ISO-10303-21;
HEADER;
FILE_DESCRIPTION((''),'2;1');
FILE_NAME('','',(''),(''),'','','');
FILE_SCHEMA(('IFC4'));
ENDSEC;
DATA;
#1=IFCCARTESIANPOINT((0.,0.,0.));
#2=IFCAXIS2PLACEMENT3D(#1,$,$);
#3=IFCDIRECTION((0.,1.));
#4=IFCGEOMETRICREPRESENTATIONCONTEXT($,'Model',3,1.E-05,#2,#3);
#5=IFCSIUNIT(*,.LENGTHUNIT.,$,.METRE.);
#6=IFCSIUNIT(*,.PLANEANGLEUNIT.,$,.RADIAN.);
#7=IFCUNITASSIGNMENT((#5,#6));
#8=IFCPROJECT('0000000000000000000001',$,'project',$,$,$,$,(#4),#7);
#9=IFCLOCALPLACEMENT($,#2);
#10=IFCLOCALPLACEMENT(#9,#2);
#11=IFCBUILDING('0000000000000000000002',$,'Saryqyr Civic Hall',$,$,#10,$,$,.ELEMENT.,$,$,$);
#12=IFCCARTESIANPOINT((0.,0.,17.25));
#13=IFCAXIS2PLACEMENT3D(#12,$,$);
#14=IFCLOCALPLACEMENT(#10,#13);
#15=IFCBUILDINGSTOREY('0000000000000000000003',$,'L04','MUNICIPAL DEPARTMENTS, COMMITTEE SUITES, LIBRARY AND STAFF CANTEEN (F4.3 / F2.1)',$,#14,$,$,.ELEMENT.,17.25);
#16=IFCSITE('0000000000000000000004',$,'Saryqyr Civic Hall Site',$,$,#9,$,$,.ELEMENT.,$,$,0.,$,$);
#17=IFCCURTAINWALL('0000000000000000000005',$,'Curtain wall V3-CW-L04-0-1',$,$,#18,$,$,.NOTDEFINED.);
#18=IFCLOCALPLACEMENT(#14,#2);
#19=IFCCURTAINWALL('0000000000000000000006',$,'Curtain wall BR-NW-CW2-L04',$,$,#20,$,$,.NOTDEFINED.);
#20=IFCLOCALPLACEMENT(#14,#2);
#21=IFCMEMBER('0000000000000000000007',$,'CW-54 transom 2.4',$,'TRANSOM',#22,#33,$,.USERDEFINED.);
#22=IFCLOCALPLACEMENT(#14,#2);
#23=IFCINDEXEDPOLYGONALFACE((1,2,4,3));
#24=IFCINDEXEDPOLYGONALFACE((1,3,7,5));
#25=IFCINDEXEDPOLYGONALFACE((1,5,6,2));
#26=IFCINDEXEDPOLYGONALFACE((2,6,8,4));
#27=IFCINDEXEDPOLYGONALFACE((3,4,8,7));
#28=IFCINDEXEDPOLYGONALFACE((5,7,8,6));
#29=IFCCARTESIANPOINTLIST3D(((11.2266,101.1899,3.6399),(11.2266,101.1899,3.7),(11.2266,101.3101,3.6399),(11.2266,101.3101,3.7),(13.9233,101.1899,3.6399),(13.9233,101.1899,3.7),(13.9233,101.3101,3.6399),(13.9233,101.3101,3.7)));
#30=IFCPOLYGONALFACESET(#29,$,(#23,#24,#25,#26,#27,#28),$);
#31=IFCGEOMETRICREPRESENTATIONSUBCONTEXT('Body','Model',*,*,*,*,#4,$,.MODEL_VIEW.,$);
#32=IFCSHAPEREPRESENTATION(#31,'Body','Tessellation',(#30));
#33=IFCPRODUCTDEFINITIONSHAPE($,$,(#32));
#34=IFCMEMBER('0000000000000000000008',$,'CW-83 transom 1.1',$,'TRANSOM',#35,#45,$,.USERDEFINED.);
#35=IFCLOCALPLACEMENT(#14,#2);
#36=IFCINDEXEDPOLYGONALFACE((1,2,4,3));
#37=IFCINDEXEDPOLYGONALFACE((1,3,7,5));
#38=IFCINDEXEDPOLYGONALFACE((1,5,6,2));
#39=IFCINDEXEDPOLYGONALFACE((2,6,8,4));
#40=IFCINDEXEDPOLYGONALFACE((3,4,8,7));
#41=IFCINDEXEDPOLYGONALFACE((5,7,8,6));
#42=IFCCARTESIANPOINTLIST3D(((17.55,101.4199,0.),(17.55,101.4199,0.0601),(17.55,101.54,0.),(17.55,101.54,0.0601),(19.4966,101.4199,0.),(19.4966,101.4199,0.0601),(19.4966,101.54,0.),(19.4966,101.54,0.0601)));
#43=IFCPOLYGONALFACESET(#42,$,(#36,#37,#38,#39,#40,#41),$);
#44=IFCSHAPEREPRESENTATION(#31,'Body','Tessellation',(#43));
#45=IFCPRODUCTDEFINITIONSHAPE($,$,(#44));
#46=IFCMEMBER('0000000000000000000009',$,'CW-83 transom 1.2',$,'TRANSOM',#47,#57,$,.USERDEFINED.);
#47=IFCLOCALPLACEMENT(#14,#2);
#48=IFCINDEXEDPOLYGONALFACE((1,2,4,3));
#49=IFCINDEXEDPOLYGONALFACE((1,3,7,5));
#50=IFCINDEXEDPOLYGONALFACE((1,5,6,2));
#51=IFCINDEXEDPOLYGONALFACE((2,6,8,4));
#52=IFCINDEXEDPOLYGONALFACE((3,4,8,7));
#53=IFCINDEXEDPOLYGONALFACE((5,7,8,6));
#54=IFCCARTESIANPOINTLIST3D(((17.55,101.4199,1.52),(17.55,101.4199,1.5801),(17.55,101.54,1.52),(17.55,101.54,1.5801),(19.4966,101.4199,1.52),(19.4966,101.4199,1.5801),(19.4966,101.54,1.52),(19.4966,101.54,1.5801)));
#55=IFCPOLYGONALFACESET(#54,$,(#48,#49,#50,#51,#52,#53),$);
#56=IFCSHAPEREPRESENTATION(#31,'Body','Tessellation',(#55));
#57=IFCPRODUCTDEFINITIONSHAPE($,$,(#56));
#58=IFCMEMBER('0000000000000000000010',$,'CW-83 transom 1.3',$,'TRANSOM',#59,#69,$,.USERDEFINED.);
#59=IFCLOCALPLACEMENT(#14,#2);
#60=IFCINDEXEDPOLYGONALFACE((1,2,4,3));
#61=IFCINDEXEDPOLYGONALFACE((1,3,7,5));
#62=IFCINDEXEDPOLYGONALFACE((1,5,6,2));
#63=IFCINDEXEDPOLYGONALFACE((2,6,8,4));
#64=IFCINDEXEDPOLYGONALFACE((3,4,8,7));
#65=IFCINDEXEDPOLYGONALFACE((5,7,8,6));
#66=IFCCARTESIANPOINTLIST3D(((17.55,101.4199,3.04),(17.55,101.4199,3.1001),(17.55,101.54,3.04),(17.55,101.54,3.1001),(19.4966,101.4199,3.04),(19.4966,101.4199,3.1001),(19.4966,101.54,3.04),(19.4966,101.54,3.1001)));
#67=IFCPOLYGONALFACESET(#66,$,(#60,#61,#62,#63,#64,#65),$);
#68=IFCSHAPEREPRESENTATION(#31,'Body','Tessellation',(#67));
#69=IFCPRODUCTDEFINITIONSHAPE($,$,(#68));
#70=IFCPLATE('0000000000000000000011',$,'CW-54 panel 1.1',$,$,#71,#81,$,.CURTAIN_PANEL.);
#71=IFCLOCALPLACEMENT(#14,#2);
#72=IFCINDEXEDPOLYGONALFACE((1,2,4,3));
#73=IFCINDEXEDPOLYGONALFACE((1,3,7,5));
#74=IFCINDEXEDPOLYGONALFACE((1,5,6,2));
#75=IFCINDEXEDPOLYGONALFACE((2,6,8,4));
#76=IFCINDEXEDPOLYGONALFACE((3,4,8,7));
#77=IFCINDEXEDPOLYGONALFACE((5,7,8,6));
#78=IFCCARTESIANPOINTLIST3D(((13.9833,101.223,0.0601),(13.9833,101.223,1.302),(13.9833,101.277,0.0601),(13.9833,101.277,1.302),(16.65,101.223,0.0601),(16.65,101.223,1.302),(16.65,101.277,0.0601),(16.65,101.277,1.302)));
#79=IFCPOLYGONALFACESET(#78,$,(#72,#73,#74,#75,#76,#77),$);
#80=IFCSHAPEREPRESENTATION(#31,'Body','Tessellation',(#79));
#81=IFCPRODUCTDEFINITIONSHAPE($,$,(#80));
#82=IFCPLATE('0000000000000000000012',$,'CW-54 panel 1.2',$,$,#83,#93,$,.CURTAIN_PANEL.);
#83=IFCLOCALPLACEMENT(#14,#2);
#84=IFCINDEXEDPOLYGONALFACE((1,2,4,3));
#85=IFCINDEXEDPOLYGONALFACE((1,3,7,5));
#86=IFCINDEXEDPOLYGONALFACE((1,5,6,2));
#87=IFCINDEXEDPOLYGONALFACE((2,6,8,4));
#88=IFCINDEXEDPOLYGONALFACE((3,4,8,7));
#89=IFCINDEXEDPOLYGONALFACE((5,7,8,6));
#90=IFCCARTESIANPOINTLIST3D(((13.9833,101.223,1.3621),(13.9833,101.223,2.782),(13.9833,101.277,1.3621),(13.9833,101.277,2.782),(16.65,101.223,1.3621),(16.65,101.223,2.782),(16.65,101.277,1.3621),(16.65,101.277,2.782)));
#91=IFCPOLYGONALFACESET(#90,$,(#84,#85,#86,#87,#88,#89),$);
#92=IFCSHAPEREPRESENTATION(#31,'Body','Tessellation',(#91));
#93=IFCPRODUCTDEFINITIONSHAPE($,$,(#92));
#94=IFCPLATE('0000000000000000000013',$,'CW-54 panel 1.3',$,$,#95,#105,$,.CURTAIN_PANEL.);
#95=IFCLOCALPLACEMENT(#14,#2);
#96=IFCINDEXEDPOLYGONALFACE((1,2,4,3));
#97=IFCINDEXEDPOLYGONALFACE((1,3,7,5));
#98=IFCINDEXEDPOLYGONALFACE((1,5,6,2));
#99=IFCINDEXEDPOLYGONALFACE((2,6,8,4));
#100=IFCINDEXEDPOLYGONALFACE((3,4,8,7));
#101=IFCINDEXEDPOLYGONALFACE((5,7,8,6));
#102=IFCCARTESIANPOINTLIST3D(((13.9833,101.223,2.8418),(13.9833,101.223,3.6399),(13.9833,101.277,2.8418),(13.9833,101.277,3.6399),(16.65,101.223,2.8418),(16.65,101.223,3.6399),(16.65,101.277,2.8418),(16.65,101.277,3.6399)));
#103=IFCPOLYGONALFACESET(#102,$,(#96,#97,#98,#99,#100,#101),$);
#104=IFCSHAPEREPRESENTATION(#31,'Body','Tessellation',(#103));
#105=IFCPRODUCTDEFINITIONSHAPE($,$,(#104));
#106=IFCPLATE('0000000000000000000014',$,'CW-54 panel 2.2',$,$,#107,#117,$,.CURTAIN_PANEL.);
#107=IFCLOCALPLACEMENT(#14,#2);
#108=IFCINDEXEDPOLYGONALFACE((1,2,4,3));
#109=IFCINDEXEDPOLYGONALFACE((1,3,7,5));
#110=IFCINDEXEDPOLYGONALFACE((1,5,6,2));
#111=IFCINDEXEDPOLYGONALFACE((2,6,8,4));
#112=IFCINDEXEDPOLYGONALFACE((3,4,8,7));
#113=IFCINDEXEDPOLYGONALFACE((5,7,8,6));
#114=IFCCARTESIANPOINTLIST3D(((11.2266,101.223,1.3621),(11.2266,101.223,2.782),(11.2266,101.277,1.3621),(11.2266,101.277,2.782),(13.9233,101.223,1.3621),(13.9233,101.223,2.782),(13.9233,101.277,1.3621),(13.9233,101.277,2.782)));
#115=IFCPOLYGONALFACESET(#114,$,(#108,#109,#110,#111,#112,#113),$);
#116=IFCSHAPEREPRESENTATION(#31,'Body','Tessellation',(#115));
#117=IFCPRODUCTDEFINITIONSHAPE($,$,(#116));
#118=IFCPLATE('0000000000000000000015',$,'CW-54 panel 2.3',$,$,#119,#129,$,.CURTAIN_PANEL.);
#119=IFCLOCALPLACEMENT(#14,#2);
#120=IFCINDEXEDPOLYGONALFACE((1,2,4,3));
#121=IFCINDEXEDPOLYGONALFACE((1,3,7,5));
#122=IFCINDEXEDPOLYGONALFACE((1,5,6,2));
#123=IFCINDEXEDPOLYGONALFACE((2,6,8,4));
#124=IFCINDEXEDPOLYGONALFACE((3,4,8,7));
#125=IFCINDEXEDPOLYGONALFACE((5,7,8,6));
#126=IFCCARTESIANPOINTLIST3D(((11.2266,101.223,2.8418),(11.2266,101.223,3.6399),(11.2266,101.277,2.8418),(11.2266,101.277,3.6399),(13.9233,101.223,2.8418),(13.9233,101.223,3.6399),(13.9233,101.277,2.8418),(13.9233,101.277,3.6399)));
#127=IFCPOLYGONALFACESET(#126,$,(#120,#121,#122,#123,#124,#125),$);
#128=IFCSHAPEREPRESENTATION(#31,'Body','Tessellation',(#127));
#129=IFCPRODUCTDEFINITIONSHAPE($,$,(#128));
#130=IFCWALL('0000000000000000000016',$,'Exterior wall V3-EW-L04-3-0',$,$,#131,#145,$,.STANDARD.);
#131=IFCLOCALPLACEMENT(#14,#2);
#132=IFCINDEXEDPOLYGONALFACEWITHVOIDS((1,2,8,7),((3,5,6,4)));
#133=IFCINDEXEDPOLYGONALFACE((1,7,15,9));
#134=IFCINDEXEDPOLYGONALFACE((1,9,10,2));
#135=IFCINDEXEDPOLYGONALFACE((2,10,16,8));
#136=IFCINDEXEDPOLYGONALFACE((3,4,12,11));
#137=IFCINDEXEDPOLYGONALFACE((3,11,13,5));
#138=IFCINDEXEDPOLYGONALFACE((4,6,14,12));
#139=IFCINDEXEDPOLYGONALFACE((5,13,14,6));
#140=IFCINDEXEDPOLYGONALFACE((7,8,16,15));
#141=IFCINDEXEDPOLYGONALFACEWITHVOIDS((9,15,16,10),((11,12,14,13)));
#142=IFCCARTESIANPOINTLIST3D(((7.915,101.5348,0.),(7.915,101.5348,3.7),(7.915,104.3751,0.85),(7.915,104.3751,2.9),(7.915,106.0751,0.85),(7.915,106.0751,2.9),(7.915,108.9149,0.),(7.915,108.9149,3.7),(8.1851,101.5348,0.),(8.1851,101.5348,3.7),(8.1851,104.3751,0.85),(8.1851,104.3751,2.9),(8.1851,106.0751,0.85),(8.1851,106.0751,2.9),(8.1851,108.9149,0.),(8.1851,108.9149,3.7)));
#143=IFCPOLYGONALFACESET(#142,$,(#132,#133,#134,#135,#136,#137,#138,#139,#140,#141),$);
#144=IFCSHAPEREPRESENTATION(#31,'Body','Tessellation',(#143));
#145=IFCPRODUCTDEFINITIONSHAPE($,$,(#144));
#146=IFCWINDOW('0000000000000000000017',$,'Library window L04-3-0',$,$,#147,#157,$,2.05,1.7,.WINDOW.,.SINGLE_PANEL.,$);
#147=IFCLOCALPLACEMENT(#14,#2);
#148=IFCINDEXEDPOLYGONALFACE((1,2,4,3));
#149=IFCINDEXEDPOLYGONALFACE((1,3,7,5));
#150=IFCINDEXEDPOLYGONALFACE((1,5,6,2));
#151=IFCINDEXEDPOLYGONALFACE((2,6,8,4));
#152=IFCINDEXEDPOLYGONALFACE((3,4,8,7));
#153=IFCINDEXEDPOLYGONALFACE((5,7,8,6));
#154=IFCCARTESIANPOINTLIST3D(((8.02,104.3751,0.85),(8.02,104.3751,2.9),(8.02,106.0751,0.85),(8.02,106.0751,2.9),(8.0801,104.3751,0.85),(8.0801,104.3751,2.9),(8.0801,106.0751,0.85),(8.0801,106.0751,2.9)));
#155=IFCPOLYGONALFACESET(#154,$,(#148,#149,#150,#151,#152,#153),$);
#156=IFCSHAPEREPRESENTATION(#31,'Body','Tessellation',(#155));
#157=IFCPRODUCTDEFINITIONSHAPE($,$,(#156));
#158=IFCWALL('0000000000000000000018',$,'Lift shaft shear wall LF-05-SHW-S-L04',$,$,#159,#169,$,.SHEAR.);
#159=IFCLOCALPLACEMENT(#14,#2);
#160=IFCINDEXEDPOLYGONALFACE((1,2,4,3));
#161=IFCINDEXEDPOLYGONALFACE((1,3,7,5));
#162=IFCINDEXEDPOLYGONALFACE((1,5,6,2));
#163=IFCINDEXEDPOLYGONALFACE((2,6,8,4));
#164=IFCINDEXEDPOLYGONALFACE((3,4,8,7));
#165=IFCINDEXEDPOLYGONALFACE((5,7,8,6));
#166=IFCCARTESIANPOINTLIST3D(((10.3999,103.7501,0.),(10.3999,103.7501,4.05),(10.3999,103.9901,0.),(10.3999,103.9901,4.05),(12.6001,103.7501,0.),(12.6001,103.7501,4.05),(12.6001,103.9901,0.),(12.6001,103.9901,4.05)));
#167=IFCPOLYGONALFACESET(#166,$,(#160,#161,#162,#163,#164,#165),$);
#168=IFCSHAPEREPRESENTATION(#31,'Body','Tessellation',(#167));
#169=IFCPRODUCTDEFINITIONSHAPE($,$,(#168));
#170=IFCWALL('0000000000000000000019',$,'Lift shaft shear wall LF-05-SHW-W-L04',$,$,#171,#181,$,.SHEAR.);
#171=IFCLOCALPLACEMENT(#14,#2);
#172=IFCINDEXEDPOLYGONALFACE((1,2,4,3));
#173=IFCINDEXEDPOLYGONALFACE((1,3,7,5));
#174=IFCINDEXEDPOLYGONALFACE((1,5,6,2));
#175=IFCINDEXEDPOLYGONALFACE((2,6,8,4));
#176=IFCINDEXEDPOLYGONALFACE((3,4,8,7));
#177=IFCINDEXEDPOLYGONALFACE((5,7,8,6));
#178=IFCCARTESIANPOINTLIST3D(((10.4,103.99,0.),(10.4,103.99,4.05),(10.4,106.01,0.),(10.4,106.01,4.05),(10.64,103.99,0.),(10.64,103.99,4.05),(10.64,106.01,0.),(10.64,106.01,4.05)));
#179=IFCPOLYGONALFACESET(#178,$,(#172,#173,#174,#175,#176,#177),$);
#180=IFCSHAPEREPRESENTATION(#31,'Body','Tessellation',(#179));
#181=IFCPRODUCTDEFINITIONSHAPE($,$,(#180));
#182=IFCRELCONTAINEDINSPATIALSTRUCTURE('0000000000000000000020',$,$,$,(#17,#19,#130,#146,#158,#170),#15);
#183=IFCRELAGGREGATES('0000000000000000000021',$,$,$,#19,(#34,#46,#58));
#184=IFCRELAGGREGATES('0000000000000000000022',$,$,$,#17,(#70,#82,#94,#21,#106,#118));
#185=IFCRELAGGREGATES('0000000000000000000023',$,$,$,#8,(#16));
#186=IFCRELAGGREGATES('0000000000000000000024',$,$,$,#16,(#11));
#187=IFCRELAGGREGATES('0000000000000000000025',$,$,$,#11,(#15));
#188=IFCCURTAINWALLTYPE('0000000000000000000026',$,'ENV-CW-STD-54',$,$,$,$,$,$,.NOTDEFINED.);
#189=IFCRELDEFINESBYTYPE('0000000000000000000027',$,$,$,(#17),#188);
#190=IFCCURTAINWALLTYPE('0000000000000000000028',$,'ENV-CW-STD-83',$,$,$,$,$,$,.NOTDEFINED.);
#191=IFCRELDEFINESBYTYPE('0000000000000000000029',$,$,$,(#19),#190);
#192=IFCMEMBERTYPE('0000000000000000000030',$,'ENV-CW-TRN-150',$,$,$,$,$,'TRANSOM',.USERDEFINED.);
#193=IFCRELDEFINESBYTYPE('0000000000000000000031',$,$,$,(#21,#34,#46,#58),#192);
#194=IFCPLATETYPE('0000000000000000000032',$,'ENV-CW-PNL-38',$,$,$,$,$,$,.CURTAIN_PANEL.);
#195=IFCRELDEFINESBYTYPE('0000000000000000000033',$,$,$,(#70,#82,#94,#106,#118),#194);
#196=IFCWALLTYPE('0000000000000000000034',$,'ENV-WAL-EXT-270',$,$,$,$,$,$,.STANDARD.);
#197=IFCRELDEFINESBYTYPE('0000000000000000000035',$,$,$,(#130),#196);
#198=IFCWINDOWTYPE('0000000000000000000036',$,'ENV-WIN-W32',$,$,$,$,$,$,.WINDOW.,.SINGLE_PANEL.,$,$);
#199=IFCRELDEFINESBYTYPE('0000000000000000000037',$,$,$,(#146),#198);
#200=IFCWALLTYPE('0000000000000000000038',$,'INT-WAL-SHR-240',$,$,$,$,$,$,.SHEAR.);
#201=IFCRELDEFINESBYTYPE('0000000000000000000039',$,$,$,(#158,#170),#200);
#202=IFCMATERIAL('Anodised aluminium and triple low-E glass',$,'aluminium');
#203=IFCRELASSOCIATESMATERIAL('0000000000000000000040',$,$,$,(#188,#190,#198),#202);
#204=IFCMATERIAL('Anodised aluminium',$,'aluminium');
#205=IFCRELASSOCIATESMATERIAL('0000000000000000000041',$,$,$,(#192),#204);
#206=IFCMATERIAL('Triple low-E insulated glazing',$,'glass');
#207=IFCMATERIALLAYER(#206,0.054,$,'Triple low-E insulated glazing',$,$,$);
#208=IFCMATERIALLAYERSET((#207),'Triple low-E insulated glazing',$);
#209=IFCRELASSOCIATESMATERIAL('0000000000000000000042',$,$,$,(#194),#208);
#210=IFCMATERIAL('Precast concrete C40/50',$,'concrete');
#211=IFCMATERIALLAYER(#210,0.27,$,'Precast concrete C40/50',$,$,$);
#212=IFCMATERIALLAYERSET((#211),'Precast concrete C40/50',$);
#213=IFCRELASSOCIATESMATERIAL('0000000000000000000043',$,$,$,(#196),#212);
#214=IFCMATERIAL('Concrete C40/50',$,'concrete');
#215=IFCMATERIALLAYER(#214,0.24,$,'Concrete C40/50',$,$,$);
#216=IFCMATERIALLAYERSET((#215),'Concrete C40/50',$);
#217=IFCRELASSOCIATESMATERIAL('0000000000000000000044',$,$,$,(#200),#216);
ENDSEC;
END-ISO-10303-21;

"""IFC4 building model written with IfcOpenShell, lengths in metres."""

from ifc_helpers import new_model, si_unit, direction, frame, frame_2d, origin, origin_2d, place, context, subcontext, project, spatial, rectangle, extrude, material, layer, layer_set, material_profile, profile_set, type_object, element, fill, aggregate, save


model = new_model("IFC4")

# Units and contexts
model_context = context("Model", 3, precision=1e-05, world=origin(), true_north=direction((0.0, 1.0)))
body_context = subcontext(model_context, "Body", "Model", "MODEL_VIEW")
ifc_project = project(units=[si_unit("LENGTHUNIT", "METRE"), si_unit("PLANEANGLEUNIT", "RADIAN")], contexts=[model_context])

# Site, building, storey
site_placement = place(None, origin())
site = spatial("IfcSite", under=ifc_project, at=site_placement, Name="Saryqyr Civic Hall Site", CompositionType="ELEMENT", RefElevation=0.0)
building_placement = place(site_placement, origin())
building = spatial("IfcBuilding", under=site, at=building_placement, Name="Saryqyr Civic Hall", CompositionType="ELEMENT")
storey_placement = place(building_placement, frame((0.0, 0.0, 17.25)))
storey = spatial("IfcBuildingStorey", under=building, at=storey_placement, Name="L04", Description="MUNICIPAL DEPARTMENTS, COMMITTEE SUITES, LIBRARY AND STAFF CANTEEN (F4.3 / F2.1)", CompositionType="ELEMENT", Elevation=17.25)

# Shared definitions
ifc_material_1 = material(Name="Concrete C40/50", Category="concrete")

# Curtain wall
ifc_material_2 = material(Name="Anodised aluminium and triple low-E glass", Category="aluminium")
curtain_wall_type_1 = type_object("IfcCurtainWallType", Name="ENV-CW-STD-54", PredefinedType="NOTDEFINED", material=ifc_material_2)
curtain_wall_1_placement = place(storey_placement, origin())
curtain_wall_1 = element("IfcCurtainWall", 1, at=curtain_wall_1_placement, inside=storey, type_object=curtain_wall_type_1, Name="Curtain wall V3-CW-L04-0-1", PredefinedType="NOTDEFINED")
ifc_material_3 = material(Name="Anodised aluminium", Category="aluminium")

# Curtain wall
curtain_wall_type_2 = type_object("IfcCurtainWallType", Name="ENV-CW-STD-83", PredefinedType="NOTDEFINED", material=ifc_material_2)
curtain_wall_2_placement = place(storey_placement, origin())
curtain_wall_2 = element("IfcCurtainWall", 2, at=curtain_wall_2_placement, inside=storey, type_object=curtain_wall_type_2, Name="Curtain wall BR-NW-CW2-L04", PredefinedType="NOTDEFINED")

# Members
ifc_material_profile_1 = material_profile(ifc_material_3, rectangle(XDim=0.1201, YDim=0.0601, at=origin_2d()), Name="ALU TRANSOM 120x60")
ifc_profile_set_1 = profile_set([ifc_material_profile_1], Name="Anodised aluminium")
member_type_1 = type_object("IfcMemberType", Name="ENV-CW-TRN-150", ElementType="TRANSOM", PredefinedType="USERDEFINED", material=ifc_profile_set_1)
member_1_placement = place(storey_placement, frame((13.9233, 101.25, 3.6699), z_axis=(-1.0, 0.0, 0.0), x_axis=(0.0, -1.0, 0.0)))
member_1 = element("IfcMember", 3, at=member_1_placement, type_object=member_type_1, Name="CW-54 transom 2.4", ObjectType="TRANSOM", PredefinedType="USERDEFINED", context=body_context, shape_type="SweptSolid", body=[
    extrude(rectangle(XDim=0.1201, YDim=0.0601, at=origin_2d()), origin(), (0.0, 0.0, 1.0), 2.6968),
])
member_2_placement = place(storey_placement, frame((17.55, 101.48, 0.03), z_axis=(1.0, 0.0, 0.0), x_axis=(0.0, 1.0, 0.0)))
member_2 = element("IfcMember", 4, at=member_2_placement, type_object=member_type_1, Name="CW-83 transom 1.1", ObjectType="TRANSOM", PredefinedType="USERDEFINED", context=body_context, shape_type="SweptSolid", body=[
    extrude(rectangle(XDim=0.1201, YDim=0.0601, at=origin_2d()), origin(), (0.0, 0.0, 1.0), 1.9465),
])
member_3_placement = place(storey_placement, frame((17.55, 101.48, 1.55), z_axis=(1.0, 0.0, 0.0), x_axis=(0.0, 1.0, 0.0)))
member_3 = element("IfcMember", 5, at=member_3_placement, type_object=member_type_1, Name="CW-83 transom 1.2", ObjectType="TRANSOM", PredefinedType="USERDEFINED", context=body_context, shape_type="SweptSolid", body=[
    extrude(rectangle(XDim=0.1201, YDim=0.0601, at=origin_2d()), origin(), (0.0, 0.0, 1.0), 1.9465),
])
member_4_placement = place(storey_placement, frame((17.55, 101.48, 3.0701), z_axis=(1.0, 0.0, 0.0), x_axis=(0.0, 1.0, 0.0)))
member_4 = element("IfcMember", 6, at=member_4_placement, type_object=member_type_1, Name="CW-83 transom 1.3", ObjectType="TRANSOM", PredefinedType="USERDEFINED", context=body_context, shape_type="SweptSolid", body=[
    extrude(rectangle(XDim=0.1201, YDim=0.0601, at=origin_2d()), origin(), (0.0, 0.0, 1.0), 1.9465),
])
aggregate(curtain_wall_2, [member_2, member_3, member_4])

# Plates
ifc_material_4 = material(Name="Triple low-E insulated glazing", Category="glass")
ifc_layer_1 = layer(ifc_material_4, 0.054, Name="Triple low-E insulated glazing")
ifc_layer_set_1 = layer_set([ifc_layer_1], Name="Triple low-E insulated glazing")
plate_type = type_object("IfcPlateType", Name="ENV-CW-PNL-38", PredefinedType="CURTAIN_PANEL", material=ifc_layer_set_1)
plate_1_placement = place(storey_placement, frame((15.3167, 101.25, 0.0601), z_axis=(0.0, 0.0, 1.0), x_axis=(-1.0, 0.0, 0.0)))
plate_1 = element("IfcPlate", 7, at=plate_1_placement, type_object=plate_type, Name="CW-54 panel 1.1", PredefinedType="CURTAIN_PANEL", context=body_context, shape_type="SweptSolid", body=[
    extrude(rectangle(XDim=2.6667, YDim=0.054, at=origin_2d()), origin(), (0.0, 0.0, 1.0), 1.2419),
])
plate_2_placement = place(storey_placement, frame((15.3167, 101.25, 1.3621), z_axis=(0.0, 0.0, 1.0), x_axis=(-1.0, 0.0, 0.0)))
plate_2 = element("IfcPlate", 8, at=plate_2_placement, type_object=plate_type, Name="CW-54 panel 1.2", PredefinedType="CURTAIN_PANEL", context=body_context, shape_type="SweptSolid", body=[
    extrude(rectangle(XDim=2.6667, YDim=0.054, at=origin_2d()), origin(), (0.0, 0.0, 1.0), 1.4199),
])
plate_3_placement = place(storey_placement, frame((15.3167, 101.25, 2.8418), z_axis=(0.0, 0.0, 1.0), x_axis=(-1.0, 0.0, 0.0)))
plate_3 = element("IfcPlate", 9, at=plate_3_placement, type_object=plate_type, Name="CW-54 panel 1.3", PredefinedType="CURTAIN_PANEL", context=body_context, shape_type="SweptSolid", body=[
    extrude(rectangle(XDim=2.6667, YDim=0.054, at=origin_2d()), origin(), (0.0, 0.0, 1.0), 0.7981),
])
plate_4_placement = place(storey_placement, frame((12.575, 101.25, 1.3621), z_axis=(0.0, 0.0, 1.0), x_axis=(-1.0, 0.0, 0.0)))
plate_4 = element("IfcPlate", 10, at=plate_4_placement, type_object=plate_type, Name="CW-54 panel 2.2", PredefinedType="CURTAIN_PANEL", context=body_context, shape_type="SweptSolid", body=[
    extrude(rectangle(XDim=2.6968, YDim=0.054, at=origin_2d()), origin(), (0.0, 0.0, 1.0), 1.4199),
])
plate_5_placement = place(storey_placement, frame((12.575, 101.25, 2.8418), z_axis=(0.0, 0.0, 1.0), x_axis=(-1.0, 0.0, 0.0)))
plate_5 = element("IfcPlate", 11, at=plate_5_placement, type_object=plate_type, Name="CW-54 panel 2.3", PredefinedType="CURTAIN_PANEL", context=body_context, shape_type="SweptSolid", body=[
    extrude(rectangle(XDim=2.6968, YDim=0.054, at=origin_2d()), origin(), (0.0, 0.0, 1.0), 0.7981),
])
aggregate(curtain_wall_1, [plate_1, plate_2, plate_3, member_1, plate_4, plate_5])

# Wall, opening, window
ifc_material_5 = material(Name="Precast concrete C40/50", Category="concrete")
ifc_layer_2 = layer(ifc_material_5, 0.27, Name="Precast concrete C40/50")
ifc_layer_set_2 = layer_set([ifc_layer_2], Name="Precast concrete C40/50")
wall_type_1 = type_object("IfcWallType", Name="ENV-WAL-EXT-270", PredefinedType="STANDARD", material=ifc_layer_set_2)
wall_1_placement = place(storey_placement, frame((8.05, 101.5349, 0.0), z_axis=(0.0, 0.0, 1.0), x_axis=(0.0, 1.0, 0.0)))
wall_1 = element("IfcWall", 12, at=wall_1_placement, inside=storey, type_object=wall_type_1, Name="Exterior wall V3-EW-L04-3-0", PredefinedType="STANDARD", context=body_context, shape_type="SweptSolid", body=[
    extrude(rectangle(XDim=7.3801, YDim=0.27, at=frame_2d((3.6899, 0.0))), origin(), (0.0, 0.0, 1.0), 3.7),
])
opening_placement = place(wall_1_placement, frame((2.8401, 0.0, 0.8501)))
opening = element("IfcOpeningElement", 13, at=opening_placement, cuts=wall_1, PredefinedType="OPENING", context=body_context, shape_type="SweptSolid", body=[
    extrude(rectangle(XDim=1.7, YDim=2.05, at=frame_2d((0.8501, 1.0249))), frame((0.0, 0.145, 0.0), z_axis=(0.0, -1.0, 0.0), x_axis=(1.0, 0.0, 0.0)), (0.0, 0.0, 1.0), 0.29),
])
window_type = type_object("IfcWindowType", Name="ENV-WIN-W32", PartitioningType="SINGLE_PANEL", PredefinedType="WINDOW", material=ifc_material_2)
window_placement = place(opening_placement, origin())
window = element("IfcWindow", 14, at=window_placement, inside=storey, type_object=window_type, Name="Library window L04-3-0", OverallHeight=2.05, OverallWidth=1.7, PartitioningType="SINGLE_PANEL", PredefinedType="WINDOW", context=body_context, shape_type="SweptSolid", body=[
    extrude(rectangle(XDim=1.7, YDim=2.05, at=frame_2d((0.8501, 1.0249))), frame((0.0, 0.03, 0.0), z_axis=(0.0, -1.0, 0.0), x_axis=(1.0, 0.0, 0.0)), (0.0, 0.0, 1.0), 0.0601),
])
fill(opening, window)

# Walls
ifc_layer_3 = layer(ifc_material_1, 0.24, Name="Concrete C40/50")
ifc_layer_set_3 = layer_set([ifc_layer_3], Name="Concrete C40/50")
wall_type_2 = type_object("IfcWallType", Name="INT-WAL-SHR-240", PredefinedType="SHEAR", material=ifc_layer_set_3)
wall_2_placement = place(storey_placement, frame((12.6001, 103.8701, 0.0), z_axis=(0.0, 0.0, 1.0), x_axis=(-1.0, 0.0, 0.0)))
element("IfcWall", 15, at=wall_2_placement, inside=storey, type_object=wall_type_2, Name="Lift shaft shear wall LF-05-SHW-S-L04", PredefinedType="SHEAR", context=body_context, shape_type="SweptSolid", body=[
    extrude(rectangle(XDim=2.2002, YDim=0.24, at=frame_2d((1.1001, 0.0))), origin(), (0.0, 0.0, 1.0), 4.05),
])
wall_3_placement = place(storey_placement, frame((10.52, 103.99, 0.0), z_axis=(0.0, 0.0, 1.0), x_axis=(0.0, 1.0, 0.0)))
element("IfcWall", 16, at=wall_3_placement, inside=storey, type_object=wall_type_2, Name="Lift shaft shear wall LF-05-SHW-W-L04", PredefinedType="SHEAR", context=body_context, shape_type="SweptSolid", body=[
    extrude(rectangle(XDim=2.02, YDim=0.24, at=frame_2d((1.01, 0.0))), origin(), (0.0, 0.0, 1.0), 4.05),
])

save(model, "model.ifc")
